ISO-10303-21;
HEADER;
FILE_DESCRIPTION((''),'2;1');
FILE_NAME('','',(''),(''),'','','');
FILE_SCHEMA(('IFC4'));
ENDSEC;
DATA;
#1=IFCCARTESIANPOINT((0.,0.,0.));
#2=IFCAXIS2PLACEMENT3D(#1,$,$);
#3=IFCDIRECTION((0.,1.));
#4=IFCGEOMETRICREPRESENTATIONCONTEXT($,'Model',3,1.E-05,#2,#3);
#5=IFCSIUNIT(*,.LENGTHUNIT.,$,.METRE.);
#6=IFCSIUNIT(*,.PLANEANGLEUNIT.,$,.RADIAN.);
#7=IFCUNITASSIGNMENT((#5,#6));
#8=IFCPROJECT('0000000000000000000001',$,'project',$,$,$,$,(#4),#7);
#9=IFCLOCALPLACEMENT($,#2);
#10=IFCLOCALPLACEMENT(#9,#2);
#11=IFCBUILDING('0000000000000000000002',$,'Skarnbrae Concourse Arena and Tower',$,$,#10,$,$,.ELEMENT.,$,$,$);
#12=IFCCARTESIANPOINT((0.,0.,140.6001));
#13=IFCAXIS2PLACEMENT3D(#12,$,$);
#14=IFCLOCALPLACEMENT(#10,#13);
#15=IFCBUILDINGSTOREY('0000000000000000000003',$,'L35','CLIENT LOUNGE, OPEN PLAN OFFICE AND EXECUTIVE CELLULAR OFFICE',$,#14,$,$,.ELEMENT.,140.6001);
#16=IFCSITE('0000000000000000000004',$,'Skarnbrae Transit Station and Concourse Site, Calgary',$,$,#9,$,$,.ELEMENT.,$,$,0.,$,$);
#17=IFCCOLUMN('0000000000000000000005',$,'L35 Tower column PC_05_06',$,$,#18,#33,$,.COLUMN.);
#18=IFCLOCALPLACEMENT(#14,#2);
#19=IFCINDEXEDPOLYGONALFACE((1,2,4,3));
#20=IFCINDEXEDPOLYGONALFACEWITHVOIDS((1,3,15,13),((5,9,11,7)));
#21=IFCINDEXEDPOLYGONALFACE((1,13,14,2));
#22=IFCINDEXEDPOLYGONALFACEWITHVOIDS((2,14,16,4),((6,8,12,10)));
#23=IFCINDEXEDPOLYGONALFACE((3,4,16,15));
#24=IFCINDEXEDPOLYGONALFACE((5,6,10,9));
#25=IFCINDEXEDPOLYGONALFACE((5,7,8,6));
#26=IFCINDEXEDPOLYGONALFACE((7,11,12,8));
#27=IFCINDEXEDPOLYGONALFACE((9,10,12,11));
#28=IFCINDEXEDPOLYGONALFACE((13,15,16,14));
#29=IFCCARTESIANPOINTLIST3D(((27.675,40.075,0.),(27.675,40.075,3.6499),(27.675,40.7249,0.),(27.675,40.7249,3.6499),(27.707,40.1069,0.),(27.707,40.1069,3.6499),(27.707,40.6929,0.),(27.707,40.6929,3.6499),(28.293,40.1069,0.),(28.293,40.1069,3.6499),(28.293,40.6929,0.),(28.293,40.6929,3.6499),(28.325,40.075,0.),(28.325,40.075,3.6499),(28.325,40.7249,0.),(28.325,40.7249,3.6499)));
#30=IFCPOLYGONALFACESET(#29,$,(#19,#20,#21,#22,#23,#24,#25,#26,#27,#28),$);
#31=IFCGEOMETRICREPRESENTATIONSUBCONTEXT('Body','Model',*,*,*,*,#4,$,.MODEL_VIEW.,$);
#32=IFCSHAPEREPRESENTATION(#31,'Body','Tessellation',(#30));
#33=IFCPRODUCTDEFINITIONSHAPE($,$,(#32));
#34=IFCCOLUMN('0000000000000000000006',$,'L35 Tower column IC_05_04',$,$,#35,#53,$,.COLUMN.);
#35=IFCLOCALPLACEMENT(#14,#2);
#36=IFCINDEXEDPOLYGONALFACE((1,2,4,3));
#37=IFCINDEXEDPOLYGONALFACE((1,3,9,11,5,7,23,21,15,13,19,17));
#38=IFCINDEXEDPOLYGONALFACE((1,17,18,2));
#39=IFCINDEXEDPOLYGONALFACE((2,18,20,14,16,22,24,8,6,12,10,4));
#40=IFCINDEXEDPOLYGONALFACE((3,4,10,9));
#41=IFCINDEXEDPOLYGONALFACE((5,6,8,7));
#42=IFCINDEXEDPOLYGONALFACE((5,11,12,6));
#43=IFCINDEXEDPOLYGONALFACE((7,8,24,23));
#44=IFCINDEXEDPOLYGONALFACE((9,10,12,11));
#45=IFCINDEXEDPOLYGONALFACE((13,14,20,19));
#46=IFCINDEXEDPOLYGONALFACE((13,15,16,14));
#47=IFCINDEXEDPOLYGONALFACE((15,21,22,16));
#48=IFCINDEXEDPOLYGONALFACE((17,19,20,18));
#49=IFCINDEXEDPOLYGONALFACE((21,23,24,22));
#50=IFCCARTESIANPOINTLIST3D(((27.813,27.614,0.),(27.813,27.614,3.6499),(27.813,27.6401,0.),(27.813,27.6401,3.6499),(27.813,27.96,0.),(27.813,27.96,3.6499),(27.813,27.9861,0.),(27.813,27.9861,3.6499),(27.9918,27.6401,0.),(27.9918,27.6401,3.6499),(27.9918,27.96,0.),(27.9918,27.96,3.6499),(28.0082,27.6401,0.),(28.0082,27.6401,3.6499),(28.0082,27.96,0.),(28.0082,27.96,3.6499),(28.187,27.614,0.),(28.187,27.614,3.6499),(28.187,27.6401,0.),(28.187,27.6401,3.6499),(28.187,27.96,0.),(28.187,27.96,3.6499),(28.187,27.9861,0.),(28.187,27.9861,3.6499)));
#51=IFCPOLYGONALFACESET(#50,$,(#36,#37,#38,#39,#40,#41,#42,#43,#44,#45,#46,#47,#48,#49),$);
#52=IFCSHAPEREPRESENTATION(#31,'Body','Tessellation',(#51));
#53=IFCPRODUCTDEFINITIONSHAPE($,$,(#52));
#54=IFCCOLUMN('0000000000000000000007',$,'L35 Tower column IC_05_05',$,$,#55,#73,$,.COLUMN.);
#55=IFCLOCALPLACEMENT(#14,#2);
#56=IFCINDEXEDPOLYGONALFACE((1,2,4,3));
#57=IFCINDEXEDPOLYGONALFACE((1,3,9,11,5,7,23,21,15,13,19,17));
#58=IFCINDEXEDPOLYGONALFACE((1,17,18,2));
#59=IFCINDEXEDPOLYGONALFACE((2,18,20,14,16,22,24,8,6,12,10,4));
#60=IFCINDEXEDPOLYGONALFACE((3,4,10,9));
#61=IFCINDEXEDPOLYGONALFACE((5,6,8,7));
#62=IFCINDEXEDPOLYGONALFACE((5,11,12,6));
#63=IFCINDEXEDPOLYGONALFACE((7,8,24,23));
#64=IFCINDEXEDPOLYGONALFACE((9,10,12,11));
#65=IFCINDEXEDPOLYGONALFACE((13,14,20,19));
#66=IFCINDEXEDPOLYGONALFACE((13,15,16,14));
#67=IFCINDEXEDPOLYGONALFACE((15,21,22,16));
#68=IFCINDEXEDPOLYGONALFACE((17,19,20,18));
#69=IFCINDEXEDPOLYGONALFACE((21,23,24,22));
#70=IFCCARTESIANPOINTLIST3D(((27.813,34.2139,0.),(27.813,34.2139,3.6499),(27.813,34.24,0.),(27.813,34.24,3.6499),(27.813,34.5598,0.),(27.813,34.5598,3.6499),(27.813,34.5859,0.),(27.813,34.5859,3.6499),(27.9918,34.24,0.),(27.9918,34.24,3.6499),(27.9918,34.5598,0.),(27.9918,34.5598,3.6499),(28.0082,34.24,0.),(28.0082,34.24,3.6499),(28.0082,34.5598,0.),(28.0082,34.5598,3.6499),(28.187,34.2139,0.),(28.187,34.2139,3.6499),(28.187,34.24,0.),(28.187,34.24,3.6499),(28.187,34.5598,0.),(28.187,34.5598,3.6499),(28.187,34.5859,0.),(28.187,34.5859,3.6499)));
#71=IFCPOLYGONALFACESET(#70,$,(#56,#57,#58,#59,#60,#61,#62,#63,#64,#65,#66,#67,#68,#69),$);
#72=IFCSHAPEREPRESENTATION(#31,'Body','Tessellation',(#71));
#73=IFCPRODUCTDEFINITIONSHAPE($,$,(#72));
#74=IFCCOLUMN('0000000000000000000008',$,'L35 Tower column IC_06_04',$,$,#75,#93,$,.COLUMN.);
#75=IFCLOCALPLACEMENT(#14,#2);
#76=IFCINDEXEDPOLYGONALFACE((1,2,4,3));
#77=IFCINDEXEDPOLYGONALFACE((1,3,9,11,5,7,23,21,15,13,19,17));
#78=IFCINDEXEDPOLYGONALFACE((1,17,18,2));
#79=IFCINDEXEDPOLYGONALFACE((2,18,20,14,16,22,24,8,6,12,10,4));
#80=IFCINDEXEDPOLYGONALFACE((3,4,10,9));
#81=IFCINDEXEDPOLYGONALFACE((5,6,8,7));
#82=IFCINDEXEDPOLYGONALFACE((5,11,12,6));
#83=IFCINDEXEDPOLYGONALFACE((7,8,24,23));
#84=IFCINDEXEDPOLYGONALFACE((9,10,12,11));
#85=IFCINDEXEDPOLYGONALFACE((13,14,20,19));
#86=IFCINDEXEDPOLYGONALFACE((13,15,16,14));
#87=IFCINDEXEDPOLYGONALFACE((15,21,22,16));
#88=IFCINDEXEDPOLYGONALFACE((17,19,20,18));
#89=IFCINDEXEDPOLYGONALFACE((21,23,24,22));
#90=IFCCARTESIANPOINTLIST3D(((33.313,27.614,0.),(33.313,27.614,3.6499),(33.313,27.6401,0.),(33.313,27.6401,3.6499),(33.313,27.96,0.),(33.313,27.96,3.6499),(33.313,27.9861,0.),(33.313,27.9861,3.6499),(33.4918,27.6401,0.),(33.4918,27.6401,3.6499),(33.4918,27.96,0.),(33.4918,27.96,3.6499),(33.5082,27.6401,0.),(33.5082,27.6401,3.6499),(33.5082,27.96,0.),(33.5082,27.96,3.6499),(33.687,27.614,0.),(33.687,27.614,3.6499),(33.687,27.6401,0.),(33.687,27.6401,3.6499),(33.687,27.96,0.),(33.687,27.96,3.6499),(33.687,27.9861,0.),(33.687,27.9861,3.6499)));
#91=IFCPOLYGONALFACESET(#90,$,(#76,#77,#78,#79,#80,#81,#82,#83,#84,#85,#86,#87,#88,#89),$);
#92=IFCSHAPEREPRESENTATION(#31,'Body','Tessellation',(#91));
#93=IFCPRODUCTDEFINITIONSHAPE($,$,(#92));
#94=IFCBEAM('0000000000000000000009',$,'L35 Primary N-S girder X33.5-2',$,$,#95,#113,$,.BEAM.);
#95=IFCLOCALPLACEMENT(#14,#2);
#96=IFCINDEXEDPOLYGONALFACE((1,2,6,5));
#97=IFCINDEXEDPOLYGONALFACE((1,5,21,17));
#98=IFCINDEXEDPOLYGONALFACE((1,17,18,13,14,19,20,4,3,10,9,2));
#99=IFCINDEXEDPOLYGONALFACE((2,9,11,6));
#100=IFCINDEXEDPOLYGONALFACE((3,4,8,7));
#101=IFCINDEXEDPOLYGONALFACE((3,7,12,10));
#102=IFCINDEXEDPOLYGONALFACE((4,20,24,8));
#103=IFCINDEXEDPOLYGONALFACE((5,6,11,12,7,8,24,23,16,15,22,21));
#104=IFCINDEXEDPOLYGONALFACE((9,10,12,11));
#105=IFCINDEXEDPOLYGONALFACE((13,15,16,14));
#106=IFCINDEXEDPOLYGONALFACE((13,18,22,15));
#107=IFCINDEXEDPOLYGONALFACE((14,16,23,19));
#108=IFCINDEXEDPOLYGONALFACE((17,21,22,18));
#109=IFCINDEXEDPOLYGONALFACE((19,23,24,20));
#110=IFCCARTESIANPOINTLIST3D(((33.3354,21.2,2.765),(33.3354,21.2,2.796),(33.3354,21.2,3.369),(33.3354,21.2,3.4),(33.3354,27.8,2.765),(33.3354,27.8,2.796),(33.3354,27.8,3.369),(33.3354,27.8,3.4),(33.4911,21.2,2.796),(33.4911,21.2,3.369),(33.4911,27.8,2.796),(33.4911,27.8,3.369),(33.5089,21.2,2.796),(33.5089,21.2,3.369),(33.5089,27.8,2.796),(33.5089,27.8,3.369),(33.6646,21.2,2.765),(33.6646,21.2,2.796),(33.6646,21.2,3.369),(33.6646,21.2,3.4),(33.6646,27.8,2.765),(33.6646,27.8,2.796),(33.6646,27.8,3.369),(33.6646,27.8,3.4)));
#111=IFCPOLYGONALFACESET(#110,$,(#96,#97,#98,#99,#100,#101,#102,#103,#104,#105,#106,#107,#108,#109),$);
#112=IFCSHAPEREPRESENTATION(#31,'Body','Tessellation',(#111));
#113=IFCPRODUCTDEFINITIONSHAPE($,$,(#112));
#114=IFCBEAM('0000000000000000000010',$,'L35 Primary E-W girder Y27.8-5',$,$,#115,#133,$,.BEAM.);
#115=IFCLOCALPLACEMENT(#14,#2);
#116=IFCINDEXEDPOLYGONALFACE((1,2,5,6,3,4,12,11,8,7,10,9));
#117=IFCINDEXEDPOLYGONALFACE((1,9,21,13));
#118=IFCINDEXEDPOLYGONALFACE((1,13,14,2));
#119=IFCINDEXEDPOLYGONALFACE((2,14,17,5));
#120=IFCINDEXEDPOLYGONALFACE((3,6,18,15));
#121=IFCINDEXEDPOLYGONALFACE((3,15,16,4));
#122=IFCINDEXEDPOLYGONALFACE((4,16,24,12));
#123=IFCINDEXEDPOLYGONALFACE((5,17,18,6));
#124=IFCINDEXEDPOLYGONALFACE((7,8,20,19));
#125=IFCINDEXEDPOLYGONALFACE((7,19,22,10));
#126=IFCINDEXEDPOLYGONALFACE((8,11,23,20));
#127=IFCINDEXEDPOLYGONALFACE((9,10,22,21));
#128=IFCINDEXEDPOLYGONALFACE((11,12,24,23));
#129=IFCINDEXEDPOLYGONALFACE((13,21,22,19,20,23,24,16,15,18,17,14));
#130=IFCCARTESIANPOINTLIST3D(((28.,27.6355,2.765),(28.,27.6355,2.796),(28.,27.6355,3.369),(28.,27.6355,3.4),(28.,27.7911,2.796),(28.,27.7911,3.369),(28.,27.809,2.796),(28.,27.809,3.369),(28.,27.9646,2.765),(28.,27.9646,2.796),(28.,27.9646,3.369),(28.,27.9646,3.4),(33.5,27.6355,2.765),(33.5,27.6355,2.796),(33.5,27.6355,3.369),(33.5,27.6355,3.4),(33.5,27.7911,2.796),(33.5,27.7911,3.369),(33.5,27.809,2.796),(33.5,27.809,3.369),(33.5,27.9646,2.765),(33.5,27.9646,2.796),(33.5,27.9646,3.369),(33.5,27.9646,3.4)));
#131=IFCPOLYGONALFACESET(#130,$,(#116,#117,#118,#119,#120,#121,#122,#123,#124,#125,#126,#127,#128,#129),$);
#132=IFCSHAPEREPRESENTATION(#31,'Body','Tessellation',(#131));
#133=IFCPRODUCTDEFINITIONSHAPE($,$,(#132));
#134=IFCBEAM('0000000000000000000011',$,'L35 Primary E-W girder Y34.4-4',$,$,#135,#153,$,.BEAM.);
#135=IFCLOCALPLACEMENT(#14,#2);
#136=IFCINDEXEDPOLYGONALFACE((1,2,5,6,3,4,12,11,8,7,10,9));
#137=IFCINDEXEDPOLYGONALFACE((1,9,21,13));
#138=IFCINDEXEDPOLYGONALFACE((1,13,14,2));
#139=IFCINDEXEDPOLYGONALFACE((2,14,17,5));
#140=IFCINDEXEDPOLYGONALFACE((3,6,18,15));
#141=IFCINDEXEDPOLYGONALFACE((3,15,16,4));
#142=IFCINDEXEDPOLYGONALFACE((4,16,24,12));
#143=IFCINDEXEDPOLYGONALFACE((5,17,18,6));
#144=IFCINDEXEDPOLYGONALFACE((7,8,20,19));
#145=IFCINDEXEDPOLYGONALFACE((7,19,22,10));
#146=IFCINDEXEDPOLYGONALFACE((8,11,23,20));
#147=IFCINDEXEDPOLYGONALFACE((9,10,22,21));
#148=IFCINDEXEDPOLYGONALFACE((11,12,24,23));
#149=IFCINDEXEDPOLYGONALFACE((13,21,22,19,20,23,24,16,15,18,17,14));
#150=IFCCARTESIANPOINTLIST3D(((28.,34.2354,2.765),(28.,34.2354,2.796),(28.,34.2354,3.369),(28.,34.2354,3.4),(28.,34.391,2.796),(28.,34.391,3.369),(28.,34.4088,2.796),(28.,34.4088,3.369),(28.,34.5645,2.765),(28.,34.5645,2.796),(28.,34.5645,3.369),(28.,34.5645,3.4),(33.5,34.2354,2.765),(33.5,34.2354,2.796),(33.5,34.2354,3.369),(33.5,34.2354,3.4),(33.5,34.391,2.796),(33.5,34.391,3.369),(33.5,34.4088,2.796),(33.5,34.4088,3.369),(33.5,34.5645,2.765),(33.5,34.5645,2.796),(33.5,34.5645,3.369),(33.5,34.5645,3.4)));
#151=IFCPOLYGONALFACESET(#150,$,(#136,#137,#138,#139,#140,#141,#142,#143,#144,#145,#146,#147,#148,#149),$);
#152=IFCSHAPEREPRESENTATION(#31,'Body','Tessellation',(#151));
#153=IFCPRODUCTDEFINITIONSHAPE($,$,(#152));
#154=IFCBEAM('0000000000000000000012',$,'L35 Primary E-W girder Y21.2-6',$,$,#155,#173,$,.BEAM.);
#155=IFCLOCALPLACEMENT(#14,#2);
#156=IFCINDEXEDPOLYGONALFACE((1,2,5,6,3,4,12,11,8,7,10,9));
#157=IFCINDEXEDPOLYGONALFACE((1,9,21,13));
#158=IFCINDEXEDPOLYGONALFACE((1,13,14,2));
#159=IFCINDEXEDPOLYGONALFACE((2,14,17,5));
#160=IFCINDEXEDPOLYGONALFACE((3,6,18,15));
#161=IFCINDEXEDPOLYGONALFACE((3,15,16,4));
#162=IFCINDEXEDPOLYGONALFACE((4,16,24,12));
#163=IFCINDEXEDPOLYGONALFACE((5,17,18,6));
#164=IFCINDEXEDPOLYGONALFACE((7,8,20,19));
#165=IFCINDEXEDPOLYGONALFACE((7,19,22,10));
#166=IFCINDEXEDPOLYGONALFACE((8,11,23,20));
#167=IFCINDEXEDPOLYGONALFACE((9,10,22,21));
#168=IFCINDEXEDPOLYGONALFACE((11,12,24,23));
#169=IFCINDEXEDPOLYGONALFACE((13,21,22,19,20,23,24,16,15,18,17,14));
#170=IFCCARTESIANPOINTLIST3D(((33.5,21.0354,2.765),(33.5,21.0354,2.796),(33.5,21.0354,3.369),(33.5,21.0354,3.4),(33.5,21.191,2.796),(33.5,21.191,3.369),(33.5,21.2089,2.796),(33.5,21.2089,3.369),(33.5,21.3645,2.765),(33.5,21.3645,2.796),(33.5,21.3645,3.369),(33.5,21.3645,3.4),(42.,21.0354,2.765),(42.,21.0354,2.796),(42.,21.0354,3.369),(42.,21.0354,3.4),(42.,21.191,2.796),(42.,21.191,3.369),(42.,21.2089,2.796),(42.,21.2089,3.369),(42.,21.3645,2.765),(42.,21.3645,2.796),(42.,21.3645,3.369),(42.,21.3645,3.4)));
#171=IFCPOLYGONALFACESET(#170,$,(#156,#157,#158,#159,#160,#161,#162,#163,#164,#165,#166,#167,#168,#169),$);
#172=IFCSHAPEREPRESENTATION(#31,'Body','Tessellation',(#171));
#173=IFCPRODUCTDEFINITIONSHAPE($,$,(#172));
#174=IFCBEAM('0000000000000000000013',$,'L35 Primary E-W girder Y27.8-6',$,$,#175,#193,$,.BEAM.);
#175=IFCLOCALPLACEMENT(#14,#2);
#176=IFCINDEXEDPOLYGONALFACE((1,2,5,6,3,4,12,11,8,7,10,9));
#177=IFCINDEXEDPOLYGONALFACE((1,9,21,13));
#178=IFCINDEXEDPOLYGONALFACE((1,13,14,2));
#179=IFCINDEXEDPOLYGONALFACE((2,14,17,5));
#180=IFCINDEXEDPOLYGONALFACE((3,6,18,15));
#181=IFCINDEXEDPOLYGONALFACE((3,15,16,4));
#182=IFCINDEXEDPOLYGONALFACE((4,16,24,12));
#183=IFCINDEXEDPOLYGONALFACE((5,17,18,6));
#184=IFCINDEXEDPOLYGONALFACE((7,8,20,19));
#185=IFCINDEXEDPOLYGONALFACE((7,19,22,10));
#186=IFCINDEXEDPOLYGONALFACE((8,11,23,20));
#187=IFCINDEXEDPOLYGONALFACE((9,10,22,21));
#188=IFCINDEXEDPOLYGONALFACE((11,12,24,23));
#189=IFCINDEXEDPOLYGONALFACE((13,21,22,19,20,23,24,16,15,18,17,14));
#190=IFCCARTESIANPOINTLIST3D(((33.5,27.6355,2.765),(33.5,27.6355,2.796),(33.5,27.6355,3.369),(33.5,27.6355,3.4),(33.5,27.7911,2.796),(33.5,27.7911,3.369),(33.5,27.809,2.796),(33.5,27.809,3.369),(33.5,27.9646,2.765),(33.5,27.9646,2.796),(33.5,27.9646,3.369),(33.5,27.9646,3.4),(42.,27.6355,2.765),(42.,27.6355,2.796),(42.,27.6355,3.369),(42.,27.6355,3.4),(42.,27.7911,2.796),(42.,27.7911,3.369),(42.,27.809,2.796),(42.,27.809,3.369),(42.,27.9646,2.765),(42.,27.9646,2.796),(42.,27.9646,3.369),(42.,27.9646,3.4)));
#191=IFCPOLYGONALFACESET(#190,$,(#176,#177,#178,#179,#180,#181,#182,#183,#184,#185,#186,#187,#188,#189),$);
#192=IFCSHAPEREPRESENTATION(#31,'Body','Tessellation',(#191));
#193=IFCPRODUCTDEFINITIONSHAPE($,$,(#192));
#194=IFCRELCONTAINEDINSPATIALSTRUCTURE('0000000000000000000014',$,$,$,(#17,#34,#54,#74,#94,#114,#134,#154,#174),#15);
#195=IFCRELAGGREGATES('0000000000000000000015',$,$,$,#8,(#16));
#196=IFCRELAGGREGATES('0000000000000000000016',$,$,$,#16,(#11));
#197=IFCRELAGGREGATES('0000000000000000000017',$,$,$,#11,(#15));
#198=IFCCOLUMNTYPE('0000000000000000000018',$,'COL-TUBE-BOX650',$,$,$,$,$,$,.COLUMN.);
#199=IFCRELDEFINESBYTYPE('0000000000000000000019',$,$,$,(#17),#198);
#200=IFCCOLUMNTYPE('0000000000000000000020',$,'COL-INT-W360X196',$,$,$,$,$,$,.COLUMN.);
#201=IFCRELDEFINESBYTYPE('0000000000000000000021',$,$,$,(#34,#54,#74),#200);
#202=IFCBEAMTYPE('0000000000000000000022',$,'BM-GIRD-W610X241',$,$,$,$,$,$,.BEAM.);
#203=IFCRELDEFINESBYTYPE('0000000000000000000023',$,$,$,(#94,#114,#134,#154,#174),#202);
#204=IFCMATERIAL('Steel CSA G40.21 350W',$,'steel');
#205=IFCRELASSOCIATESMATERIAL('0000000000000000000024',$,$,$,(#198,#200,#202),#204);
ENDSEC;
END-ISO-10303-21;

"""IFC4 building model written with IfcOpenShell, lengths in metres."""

from ifc_helpers import new_model, si_unit, direction, frame, origin, origin_2d, place, context, subcontext, project, spatial, hollow_rectangle, i_section, extrude, source, transform, mapped, material, material_profile, profile_set, type_object, element, save


model = new_model("IFC4")

# Units and contexts
model_context = context("Model", 3, precision=1e-05, world=origin(), true_north=direction((0.0, 1.0)))
body_context = subcontext(model_context, "Body", "Model", "MODEL_VIEW")
ifc_project = project(units=[si_unit("LENGTHUNIT", "METRE"), si_unit("PLANEANGLEUNIT", "RADIAN")], contexts=[model_context])

# Site, building, storey
site_placement = place(None, origin())
site = spatial("IfcSite", under=ifc_project, at=site_placement, Name="Skarnbrae Transit Station and Concourse Site, Calgary", CompositionType="ELEMENT", RefElevation=0.0)
building_placement = place(site_placement, origin())
building = spatial("IfcBuilding", under=site, at=building_placement, Name="Skarnbrae Concourse Arena and Tower", CompositionType="ELEMENT")
storey_placement = place(building_placement, frame((0.0, 0.0, 140.6001)))
storey = spatial("IfcBuildingStorey", under=building, at=storey_placement, Name="L35", Description="CLIENT LOUNGE, OPEN PLAN OFFICE AND EXECUTIVE CELLULAR OFFICE", CompositionType="ELEMENT", Elevation=140.6001)

# Columns
ifc_material_1 = material(Name="Steel CSA G40.21 350W", Category="steel")
ifc_material_profile_1 = material_profile(ifc_material_1, hollow_rectangle(XDim=0.6499, YDim=0.6499, WallThickness=0.032, at=origin_2d()), Name="BOX650X650X32")
ifc_profile_set_1 = profile_set([ifc_material_profile_1], Name="Steel CSA G40.21 350W")
column_type_1 = type_object("IfcColumnType", Name="COL-TUBE-BOX650", PredefinedType="COLUMN", material=ifc_profile_set_1)
shared_shape_1 = source(origin(), body_context, "Body", "SweptSolid", [
    extrude(hollow_rectangle(XDim=0.6499, YDim=0.6499, WallThickness=0.032, at=origin_2d()), origin(), (0.0, 0.0, 1.0), 3.6499),
])
column_placement = place(storey_placement, frame((28.0, 40.3999, 0.0), z_axis=(0.0, 0.0, 1.0), x_axis=(1.0, 0.0, 0.0)))
element("IfcColumn", 1, at=column_placement, inside=storey, type_object=column_type_1, Name="L35 Tower column PC_05_06", PredefinedType="COLUMN", context=body_context, shape_type="MappedRepresentation", body=[
    mapped(shared_shape_1, transform((0.0, 0.0, 0.0))),
])
ifc_material_profile_2 = material_profile(ifc_material_1, i_section(OverallWidth=0.374, OverallDepth=0.3721, WebThickness=0.0164, FlangeThickness=0.0261, at=origin_2d()), Name="W360X196")
ifc_profile_set_2 = profile_set([ifc_material_profile_2], Name="Steel CSA G40.21 350W")
column_type_2 = type_object("IfcColumnType", Name="COL-INT-W360X196", PredefinedType="COLUMN", material=ifc_profile_set_2)
shared_shape_2 = source(origin(), body_context, "Body", "SweptSolid", [
    extrude(i_section(OverallWidth=0.374, OverallDepth=0.3721, WebThickness=0.0164, FlangeThickness=0.0261, at=origin_2d()), origin(), (0.0, 0.0, 1.0), 3.6499),
])
for number, where, z_axis, x_axis, name in (
    (2, (28.0, 27.8, 0.0), (0.0, 0.0, 1.0), (1.0, 0.0, 0.0), "L35 Tower column IC_05_04"),
    (3, (28.0, 34.3999, 0.0), (0.0, 0.0, 1.0), (1.0, 0.0, 0.0), "L35 Tower column IC_05_05"),
    (4, (33.5, 27.8, 0.0), (0.0, 0.0, 1.0), (1.0, 0.0, 0.0), "L35 Tower column IC_06_04"),
):
    element("IfcColumn", number, at=place(storey_placement, frame(where, z_axis=z_axis, x_axis=x_axis)), inside=storey, type_object=column_type_2, Name=name, PredefinedType="COLUMN", context=body_context, shape_type="MappedRepresentation", body=[
        mapped(shared_shape_2, transform((0.0, 0.0, 0.0))),
    ])

# Beams
ifc_material_profile_3 = material_profile(ifc_material_1, i_section(OverallWidth=0.3291, OverallDepth=0.635, WebThickness=0.0178, FlangeThickness=0.031, at=origin_2d()), Name="W610X241")
ifc_profile_set_3 = profile_set([ifc_material_profile_3], Name="Steel CSA G40.21 350W")
beam_type_1 = type_object("IfcBeamType", Name="BM-GIRD-W610X241", PredefinedType="BEAM", material=ifc_profile_set_3)
shared_shape_3 = source(origin(), body_context, "Body", "SweptSolid", [
    extrude(i_section(OverallWidth=0.3291, OverallDepth=0.635, WebThickness=0.0178, FlangeThickness=0.031, at=origin_2d()), origin(), (0.0, 0.0, 1.0), 6.6001),
])
beam_1_placement = place(storey_placement, frame((33.5, 21.2, 3.0825), z_axis=(0.0, 1.0, 0.0), x_axis=(-1.0, 0.0, 0.0)))
element("IfcBeam", 5, at=beam_1_placement, inside=storey, type_object=beam_type_1, Name="L35 Primary N-S girder X33.5-2", PredefinedType="BEAM", context=body_context, shape_type="MappedRepresentation", body=[
    mapped(shared_shape_3, transform((0.0, 0.0, 0.0))),
])
shared_shape_4 = source(origin(), body_context, "Body", "SweptSolid", [
    extrude(i_section(OverallWidth=0.3291, OverallDepth=0.635, WebThickness=0.0178, FlangeThickness=0.031, at=origin_2d()), origin(), (0.0, 0.0, 1.0), 5.5),
])
for number, where, z_axis, x_axis, name in (
    (6, (28.0, 27.8, 3.0825), (1.0, 0.0, 0.0), (0.0, 1.0, 0.0), "L35 Primary E-W girder Y27.8-5"),
    (7, (28.0, 34.3999, 3.0825), (1.0, 0.0, 0.0), (0.0, 1.0, 0.0), "L35 Primary E-W girder Y34.4-4"),
):
    element("IfcBeam", number, at=place(storey_placement, frame(where, z_axis=z_axis, x_axis=x_axis)), inside=storey, type_object=beam_type_1, Name=name, PredefinedType="BEAM", context=body_context, shape_type="MappedRepresentation", body=[
        mapped(shared_shape_4, transform((0.0, 0.0, 0.0))),
    ])
shared_shape_5 = source(origin(), body_context, "Body", "SweptSolid", [
    extrude(i_section(OverallWidth=0.3291, OverallDepth=0.635, WebThickness=0.0178, FlangeThickness=0.031, at=origin_2d()), origin(), (0.0, 0.0, 1.0), 8.5),
])
for number, where, z_axis, x_axis, name in (
    (8, (33.5, 21.2, 3.0825), (1.0, 0.0, 0.0), (0.0, 1.0, 0.0), "L35 Primary E-W girder Y21.2-6"),
    (9, (33.5, 27.8, 3.0825), (1.0, 0.0, 0.0), (0.0, 1.0, 0.0), "L35 Primary E-W girder Y27.8-6"),
):
    element("IfcBeam", number, at=place(storey_placement, frame(where, z_axis=z_axis, x_axis=x_axis)), inside=storey, type_object=beam_type_1, Name=name, PredefinedType="BEAM", context=body_context, shape_type="MappedRepresentation", body=[
        mapped(shared_shape_5, transform((0.0, 0.0, 0.0))),
    ])

save(model, "model.ifc")
